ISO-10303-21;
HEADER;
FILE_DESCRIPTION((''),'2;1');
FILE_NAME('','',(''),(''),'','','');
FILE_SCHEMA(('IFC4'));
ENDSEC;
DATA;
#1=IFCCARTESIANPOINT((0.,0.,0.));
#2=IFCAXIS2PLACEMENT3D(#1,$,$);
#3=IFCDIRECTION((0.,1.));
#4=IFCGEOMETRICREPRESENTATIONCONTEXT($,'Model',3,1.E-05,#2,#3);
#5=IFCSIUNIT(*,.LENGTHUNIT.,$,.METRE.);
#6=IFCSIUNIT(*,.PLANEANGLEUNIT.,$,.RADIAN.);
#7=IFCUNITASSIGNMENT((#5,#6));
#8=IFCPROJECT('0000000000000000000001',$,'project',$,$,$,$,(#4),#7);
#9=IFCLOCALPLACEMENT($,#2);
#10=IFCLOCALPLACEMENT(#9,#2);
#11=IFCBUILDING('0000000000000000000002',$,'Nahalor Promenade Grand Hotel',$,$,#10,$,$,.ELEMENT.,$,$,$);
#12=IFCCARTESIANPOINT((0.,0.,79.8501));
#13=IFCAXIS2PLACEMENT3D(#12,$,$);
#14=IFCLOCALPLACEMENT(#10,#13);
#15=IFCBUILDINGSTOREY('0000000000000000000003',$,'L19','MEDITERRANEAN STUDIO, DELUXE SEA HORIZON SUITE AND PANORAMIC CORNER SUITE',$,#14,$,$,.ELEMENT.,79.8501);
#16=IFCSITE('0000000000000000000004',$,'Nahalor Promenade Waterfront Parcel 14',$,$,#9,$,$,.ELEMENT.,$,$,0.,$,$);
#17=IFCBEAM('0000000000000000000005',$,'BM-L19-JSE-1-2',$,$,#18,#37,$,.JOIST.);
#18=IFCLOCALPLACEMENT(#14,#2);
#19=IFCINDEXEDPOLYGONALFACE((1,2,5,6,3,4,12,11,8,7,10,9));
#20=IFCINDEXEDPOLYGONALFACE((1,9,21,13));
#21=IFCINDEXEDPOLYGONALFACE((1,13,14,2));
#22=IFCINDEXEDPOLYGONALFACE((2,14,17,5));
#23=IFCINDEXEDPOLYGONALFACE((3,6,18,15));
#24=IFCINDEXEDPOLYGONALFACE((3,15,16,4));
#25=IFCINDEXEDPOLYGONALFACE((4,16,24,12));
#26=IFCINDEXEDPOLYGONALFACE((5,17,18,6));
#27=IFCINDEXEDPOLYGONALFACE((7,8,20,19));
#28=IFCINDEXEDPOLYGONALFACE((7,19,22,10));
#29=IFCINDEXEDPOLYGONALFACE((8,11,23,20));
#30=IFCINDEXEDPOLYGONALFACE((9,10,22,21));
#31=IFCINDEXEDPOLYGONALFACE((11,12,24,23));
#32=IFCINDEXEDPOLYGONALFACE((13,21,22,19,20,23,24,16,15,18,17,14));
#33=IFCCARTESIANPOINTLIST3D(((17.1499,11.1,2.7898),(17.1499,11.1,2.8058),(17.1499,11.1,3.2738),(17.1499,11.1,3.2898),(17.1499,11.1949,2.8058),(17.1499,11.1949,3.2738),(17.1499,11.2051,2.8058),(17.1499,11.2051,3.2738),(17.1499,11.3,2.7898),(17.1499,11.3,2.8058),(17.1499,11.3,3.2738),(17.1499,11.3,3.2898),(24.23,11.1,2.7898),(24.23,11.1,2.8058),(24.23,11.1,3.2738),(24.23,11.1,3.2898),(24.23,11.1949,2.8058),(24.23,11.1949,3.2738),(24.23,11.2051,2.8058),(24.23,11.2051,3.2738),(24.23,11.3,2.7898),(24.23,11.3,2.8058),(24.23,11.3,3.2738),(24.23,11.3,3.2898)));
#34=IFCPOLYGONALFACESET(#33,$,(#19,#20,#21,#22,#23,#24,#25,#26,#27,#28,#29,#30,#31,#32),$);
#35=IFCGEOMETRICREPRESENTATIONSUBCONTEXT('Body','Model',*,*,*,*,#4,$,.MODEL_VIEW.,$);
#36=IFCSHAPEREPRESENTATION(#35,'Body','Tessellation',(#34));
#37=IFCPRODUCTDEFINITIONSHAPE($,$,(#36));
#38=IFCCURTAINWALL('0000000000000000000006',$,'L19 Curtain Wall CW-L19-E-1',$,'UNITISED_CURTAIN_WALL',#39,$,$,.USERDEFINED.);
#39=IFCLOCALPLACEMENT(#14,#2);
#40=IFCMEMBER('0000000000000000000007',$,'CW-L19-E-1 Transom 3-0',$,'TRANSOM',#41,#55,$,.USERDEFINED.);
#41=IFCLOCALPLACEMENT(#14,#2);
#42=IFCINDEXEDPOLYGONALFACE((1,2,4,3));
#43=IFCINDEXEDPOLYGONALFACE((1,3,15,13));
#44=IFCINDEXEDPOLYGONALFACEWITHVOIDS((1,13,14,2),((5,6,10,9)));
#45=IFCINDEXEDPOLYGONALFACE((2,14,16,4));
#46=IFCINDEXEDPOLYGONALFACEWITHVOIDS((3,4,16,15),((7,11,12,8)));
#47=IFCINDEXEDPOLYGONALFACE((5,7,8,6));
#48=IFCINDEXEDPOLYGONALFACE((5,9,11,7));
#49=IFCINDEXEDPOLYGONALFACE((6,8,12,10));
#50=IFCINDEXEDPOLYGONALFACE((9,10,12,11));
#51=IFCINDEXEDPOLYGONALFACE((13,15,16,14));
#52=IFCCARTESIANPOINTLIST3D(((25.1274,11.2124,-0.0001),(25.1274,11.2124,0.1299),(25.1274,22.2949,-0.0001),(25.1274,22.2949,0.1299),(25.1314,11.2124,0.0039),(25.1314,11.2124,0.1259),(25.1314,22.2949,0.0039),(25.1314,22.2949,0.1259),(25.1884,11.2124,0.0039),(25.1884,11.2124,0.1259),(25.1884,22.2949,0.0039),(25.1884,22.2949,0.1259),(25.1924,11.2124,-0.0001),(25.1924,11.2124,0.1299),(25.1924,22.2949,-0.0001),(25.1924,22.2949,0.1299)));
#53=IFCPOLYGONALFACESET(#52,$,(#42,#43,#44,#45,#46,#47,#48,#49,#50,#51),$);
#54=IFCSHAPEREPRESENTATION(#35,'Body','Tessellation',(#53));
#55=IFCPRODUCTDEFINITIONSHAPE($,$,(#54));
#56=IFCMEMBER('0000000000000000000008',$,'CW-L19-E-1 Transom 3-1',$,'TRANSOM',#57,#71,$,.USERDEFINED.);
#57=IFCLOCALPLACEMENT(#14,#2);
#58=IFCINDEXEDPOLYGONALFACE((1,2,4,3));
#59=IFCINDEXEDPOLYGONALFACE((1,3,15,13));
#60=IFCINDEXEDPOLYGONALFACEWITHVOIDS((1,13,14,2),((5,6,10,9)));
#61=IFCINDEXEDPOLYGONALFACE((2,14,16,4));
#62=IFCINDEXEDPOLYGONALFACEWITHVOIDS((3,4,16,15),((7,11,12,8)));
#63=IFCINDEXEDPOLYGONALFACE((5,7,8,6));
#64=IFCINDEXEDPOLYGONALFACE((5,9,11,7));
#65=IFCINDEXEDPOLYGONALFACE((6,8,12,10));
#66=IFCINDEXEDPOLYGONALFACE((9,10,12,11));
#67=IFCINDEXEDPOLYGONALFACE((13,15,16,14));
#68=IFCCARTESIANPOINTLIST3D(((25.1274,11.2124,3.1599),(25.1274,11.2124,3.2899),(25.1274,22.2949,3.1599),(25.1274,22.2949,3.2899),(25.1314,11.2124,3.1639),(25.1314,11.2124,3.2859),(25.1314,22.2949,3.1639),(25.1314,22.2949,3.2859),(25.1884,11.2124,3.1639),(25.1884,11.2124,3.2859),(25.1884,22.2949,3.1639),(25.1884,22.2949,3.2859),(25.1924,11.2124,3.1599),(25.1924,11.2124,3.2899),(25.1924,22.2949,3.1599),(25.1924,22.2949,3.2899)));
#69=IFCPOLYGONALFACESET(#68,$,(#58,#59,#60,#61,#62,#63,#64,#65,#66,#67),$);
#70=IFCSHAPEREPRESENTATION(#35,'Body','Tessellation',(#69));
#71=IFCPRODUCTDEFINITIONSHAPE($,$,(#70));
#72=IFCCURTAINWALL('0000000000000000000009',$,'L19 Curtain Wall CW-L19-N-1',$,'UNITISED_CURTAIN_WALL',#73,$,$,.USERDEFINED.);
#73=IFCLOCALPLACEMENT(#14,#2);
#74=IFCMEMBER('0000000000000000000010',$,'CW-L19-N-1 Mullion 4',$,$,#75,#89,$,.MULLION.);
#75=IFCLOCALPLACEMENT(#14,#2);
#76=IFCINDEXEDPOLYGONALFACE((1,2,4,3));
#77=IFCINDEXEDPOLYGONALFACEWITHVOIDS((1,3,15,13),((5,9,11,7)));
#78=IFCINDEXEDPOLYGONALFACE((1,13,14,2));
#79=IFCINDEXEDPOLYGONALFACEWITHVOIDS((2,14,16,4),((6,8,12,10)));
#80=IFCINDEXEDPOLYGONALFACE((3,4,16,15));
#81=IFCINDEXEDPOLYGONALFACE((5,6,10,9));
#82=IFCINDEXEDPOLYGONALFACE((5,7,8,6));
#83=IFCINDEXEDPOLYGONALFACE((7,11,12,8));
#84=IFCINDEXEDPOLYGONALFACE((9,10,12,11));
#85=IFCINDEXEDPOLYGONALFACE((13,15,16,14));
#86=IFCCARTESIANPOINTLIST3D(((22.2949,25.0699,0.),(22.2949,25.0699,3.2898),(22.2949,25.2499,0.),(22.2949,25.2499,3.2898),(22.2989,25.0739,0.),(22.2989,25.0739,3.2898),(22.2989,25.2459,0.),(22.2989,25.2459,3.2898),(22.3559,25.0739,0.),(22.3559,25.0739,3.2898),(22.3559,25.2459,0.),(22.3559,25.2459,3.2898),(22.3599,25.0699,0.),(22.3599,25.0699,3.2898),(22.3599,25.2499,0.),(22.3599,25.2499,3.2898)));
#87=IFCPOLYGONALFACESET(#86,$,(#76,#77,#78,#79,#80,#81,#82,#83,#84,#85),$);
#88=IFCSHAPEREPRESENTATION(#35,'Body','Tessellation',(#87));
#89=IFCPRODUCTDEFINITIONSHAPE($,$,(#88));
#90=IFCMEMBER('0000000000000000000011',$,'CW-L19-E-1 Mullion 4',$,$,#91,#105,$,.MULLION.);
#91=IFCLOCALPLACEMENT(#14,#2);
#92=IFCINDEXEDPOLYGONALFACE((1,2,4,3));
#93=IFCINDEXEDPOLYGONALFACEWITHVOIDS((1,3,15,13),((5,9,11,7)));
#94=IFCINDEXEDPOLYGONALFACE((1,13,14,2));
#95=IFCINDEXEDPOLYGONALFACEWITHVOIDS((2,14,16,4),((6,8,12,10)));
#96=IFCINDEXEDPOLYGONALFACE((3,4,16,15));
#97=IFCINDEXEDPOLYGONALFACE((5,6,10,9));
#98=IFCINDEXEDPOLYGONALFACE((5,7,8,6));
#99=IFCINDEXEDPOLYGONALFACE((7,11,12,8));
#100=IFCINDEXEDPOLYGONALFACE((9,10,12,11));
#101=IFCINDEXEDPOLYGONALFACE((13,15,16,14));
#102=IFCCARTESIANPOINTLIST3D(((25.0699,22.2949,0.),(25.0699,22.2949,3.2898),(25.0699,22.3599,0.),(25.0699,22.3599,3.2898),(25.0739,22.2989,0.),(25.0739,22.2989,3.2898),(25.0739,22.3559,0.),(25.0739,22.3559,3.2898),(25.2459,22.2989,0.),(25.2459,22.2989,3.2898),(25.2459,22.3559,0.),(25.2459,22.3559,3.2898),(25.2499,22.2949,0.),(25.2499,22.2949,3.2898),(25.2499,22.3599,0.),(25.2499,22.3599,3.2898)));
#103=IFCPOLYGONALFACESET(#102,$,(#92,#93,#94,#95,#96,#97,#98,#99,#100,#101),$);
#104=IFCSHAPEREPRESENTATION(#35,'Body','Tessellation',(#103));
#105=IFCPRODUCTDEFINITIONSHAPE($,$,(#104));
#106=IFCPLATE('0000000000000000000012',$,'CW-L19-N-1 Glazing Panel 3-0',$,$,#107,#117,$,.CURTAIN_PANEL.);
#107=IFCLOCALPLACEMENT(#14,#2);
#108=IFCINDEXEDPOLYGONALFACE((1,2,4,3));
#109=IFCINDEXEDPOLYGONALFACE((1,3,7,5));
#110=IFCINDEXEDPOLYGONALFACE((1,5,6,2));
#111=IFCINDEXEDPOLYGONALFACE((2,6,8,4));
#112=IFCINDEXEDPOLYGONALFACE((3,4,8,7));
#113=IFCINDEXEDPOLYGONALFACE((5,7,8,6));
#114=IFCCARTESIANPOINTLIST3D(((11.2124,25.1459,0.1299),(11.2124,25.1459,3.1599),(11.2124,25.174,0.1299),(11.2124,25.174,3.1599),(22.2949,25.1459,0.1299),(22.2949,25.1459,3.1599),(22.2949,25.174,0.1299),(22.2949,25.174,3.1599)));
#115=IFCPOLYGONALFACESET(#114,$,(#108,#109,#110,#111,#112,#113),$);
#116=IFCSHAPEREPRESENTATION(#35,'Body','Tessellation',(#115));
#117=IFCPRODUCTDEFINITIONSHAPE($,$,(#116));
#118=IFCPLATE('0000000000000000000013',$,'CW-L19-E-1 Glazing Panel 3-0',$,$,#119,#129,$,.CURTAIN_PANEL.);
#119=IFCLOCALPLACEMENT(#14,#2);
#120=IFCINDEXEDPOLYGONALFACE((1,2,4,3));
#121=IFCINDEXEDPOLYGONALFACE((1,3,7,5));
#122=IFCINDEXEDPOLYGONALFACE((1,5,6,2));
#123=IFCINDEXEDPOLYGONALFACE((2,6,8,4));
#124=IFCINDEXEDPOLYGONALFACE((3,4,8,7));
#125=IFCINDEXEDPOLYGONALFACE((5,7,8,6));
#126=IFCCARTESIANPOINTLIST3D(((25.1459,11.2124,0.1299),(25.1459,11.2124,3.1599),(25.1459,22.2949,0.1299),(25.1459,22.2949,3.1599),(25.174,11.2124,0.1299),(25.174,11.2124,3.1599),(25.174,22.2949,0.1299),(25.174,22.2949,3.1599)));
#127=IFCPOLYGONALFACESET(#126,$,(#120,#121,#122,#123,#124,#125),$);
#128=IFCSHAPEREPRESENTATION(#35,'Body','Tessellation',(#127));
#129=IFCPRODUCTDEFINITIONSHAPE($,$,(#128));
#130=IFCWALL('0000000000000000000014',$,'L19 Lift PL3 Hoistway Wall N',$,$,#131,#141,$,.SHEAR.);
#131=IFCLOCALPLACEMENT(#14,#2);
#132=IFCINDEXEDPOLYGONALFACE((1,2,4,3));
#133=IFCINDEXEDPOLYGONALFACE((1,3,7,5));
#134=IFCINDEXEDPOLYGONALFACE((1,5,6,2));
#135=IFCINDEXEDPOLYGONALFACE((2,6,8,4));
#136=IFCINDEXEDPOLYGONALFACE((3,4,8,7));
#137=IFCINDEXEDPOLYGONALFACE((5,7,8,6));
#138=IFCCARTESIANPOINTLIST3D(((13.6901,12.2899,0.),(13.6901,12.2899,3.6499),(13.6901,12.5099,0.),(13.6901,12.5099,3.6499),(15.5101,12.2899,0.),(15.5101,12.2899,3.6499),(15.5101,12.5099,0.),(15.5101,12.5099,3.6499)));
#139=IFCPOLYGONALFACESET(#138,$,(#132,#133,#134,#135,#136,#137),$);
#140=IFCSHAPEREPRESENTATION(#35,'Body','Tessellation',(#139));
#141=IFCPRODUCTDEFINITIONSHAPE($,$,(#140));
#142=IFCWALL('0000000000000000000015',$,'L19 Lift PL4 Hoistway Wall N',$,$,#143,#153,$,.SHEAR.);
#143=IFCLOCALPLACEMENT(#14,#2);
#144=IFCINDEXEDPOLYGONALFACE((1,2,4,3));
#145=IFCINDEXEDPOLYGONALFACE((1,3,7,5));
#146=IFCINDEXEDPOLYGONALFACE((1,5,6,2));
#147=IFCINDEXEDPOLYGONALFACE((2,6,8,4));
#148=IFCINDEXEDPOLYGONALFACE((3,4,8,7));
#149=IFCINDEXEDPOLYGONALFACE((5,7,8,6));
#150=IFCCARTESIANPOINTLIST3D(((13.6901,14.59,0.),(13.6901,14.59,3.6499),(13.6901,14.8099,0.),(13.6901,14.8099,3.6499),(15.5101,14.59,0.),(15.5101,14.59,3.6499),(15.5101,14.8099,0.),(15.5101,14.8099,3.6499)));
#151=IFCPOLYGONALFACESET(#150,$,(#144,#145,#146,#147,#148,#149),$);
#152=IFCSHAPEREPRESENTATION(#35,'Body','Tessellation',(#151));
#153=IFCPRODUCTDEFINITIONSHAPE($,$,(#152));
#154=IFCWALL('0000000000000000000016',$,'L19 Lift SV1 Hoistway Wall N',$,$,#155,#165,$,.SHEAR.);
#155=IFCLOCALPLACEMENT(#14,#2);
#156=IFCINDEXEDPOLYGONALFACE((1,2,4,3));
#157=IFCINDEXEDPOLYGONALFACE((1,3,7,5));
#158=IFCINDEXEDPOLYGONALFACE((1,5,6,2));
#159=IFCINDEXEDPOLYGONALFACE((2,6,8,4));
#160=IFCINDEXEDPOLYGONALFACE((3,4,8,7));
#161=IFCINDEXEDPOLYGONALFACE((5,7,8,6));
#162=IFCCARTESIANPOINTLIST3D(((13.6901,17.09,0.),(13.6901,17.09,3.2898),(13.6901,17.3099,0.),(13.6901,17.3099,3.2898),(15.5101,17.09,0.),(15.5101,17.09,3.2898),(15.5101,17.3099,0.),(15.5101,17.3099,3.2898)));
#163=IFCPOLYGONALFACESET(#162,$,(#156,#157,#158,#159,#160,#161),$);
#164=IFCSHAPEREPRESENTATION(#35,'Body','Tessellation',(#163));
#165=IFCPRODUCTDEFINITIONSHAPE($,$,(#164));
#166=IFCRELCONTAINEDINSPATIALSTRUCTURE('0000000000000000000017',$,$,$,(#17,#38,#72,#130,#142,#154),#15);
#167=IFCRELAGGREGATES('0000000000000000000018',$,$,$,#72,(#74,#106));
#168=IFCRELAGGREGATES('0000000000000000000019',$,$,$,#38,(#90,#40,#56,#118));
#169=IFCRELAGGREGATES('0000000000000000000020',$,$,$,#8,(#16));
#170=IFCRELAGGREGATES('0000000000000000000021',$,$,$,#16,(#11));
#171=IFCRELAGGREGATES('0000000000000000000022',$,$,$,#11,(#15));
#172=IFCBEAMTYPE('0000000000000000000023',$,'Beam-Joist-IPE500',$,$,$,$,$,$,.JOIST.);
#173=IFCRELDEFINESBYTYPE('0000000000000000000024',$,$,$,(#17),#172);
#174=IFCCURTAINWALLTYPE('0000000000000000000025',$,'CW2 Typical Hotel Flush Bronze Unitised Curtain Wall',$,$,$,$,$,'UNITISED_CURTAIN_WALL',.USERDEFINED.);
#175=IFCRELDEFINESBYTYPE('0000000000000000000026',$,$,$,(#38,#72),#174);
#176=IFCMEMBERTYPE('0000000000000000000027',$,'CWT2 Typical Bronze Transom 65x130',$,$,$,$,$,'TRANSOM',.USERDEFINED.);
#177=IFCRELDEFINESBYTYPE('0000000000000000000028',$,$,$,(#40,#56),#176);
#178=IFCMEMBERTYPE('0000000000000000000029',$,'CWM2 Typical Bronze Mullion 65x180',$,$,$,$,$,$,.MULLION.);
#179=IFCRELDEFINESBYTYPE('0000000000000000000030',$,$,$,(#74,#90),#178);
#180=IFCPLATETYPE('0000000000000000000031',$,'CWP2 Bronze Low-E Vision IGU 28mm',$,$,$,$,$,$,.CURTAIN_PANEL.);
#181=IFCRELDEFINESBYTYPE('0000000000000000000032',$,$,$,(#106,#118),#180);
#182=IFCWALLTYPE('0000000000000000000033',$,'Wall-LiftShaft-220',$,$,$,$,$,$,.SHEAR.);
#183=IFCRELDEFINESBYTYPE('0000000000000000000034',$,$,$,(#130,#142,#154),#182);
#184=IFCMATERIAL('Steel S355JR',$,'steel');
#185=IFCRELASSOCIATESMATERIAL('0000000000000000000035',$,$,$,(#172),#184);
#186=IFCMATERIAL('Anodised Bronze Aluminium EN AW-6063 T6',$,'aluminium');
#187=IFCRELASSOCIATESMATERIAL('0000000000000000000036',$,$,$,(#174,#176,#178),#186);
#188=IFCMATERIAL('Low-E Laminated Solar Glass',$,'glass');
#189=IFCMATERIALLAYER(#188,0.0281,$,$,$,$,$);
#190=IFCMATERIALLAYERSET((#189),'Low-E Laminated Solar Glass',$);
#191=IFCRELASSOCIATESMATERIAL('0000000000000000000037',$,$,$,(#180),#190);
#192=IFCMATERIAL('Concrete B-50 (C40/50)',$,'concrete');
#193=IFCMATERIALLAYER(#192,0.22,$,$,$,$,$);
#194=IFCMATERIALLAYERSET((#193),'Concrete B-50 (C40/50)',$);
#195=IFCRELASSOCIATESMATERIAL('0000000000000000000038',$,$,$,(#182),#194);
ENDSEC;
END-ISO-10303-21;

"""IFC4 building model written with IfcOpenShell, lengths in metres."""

from ifc_helpers import new_model, si_unit, direction, frame, frame_2d, origin, origin_2d, place, context, subcontext, project, spatial, rectangle, hollow_rectangle, i_section, extrude, source, transform, mapped, material, layer, layer_set, material_profile, profile_set, type_object, element, aggregate, save


model = new_model("IFC4")

# Units and contexts
model_context = context("Model", 3, precision=1e-05, world=origin(), true_north=direction((0.0, 1.0)))
body_context = subcontext(model_context, "Body", "Model", "MODEL_VIEW")
ifc_project = project(units=[si_unit("LENGTHUNIT", "METRE"), si_unit("PLANEANGLEUNIT", "RADIAN")], contexts=[model_context])

# Site, building, storey
site_placement = place(None, origin())
site = spatial("IfcSite", under=ifc_project, at=site_placement, Name="Nahalor Promenade Waterfront Parcel 14", CompositionType="ELEMENT", RefElevation=0.0)
building_placement = place(site_placement, origin())
building = spatial("IfcBuilding", under=site, at=building_placement, Name="Nahalor Promenade Grand Hotel", CompositionType="ELEMENT")
storey_placement = place(building_placement, frame((0.0, 0.0, 79.8501)))
storey = spatial("IfcBuildingStorey", under=building, at=storey_placement, Name="L19", Description="MEDITERRANEAN STUDIO, DELUXE SEA HORIZON SUITE AND PANORAMIC CORNER SUITE", CompositionType="ELEMENT", Elevation=79.8501)

# Beam
ifc_material_1 = material(Name="Steel S355JR", Category="steel")
ifc_material_profile_1 = material_profile(ifc_material_1, i_section(OverallWidth=0.2, OverallDepth=0.5, WebThickness=0.0102, FlangeThickness=0.016, at=origin_2d()), Name="IPE 500")
ifc_profile_set_1 = profile_set([ifc_material_profile_1], Name="Steel S355JR")
beam_type_1 = type_object("IfcBeamType", Name="Beam-Joist-IPE500", PredefinedType="JOIST", material=ifc_profile_set_1)
shared_shape_1 = source(origin(), body_context, "Body", "SweptSolid", [
    extrude(i_section(OverallWidth=0.2, OverallDepth=0.5, WebThickness=0.0102, FlangeThickness=0.016, at=origin_2d()), origin(), (0.0, 0.0, 1.0), 7.0801),
])
beam_placement = place(storey_placement, frame((17.1499, 11.2, 3.0398), z_axis=(1.0, 0.0, 0.0), x_axis=(0.0, 1.0, 0.0)))
element("IfcBeam", 1, at=beam_placement, inside=storey, type_object=beam_type_1, Name="BM-L19-JSE-1-2", PredefinedType="JOIST", context=body_context, shape_type="MappedRepresentation", body=[
    mapped(shared_shape_1, transform((0.0, 0.0, 0.0), scale=1.0)),
])

# Curtain wall, members
ifc_material_2 = material(Name="Anodised Bronze Aluminium EN AW-6063 T6", Category="aluminium")
curtain_wall_type = type_object("IfcCurtainWallType", Name="CW2 Typical Hotel Flush Bronze Unitised Curtain Wall", ElementType="UNITISED_CURTAIN_WALL", PredefinedType="USERDEFINED", material=ifc_material_2)
curtain_wall_1_placement = place(storey_placement, origin())
curtain_wall_1 = element("IfcCurtainWall", 2, at=curtain_wall_1_placement, inside=storey, type_object=curtain_wall_type, Name="L19 Curtain Wall CW-L19-E-1", ObjectType="UNITISED_CURTAIN_WALL", PredefinedType="USERDEFINED")
ifc_material_profile_2 = material_profile(ifc_material_2, hollow_rectangle(XDim=0.065, YDim=0.13, WallThickness=0.004, at=origin_2d()), Name="CWT 65x130x4")
ifc_profile_set_2 = profile_set([ifc_material_profile_2], Name="Anodised Bronze Aluminium EN AW-6063 T6")
member_type_1 = type_object("IfcMemberType", Name="CWT2 Typical Bronze Transom 65x130", ElementType="TRANSOM", PredefinedType="USERDEFINED", material=ifc_profile_set_2)
shared_shape_2 = source(origin(), body_context, "Body", "SweptSolid", [
    extrude(hollow_rectangle(XDim=0.065, YDim=0.13, WallThickness=0.004, at=origin_2d()), origin(), (0.0, 0.0, 1.0), 11.0825),
])
member_1_placement = place(storey_placement, frame((25.1599, 11.2124, 0.0649), z_axis=(0.0, 1.0, 0.0), x_axis=(-1.0, 0.0, 0.0)))
member_1 = element("IfcMember", 3, at=member_1_placement, type_object=member_type_1, Name="CW-L19-E-1 Transom 3-0", ObjectType="TRANSOM", PredefinedType="USERDEFINED", context=body_context, shape_type="MappedRepresentation", body=[
    mapped(shared_shape_2, transform((0.0, 0.0, 0.0), scale=1.0)),
])
member_2_placement = place(storey_placement, frame((25.1599, 11.2124, 3.2249), z_axis=(0.0, 1.0, 0.0), x_axis=(-1.0, 0.0, 0.0)))
member_2 = element("IfcMember", 4, at=member_2_placement, type_object=member_type_1, Name="CW-L19-E-1 Transom 3-1", ObjectType="TRANSOM", PredefinedType="USERDEFINED", context=body_context, shape_type="MappedRepresentation", body=[
    mapped(shared_shape_2, transform((0.0, 0.0, 0.0), scale=1.0)),
])

# Curtain wall, member
curtain_wall_2_placement = place(storey_placement, origin())
curtain_wall_2 = element("IfcCurtainWall", 5, at=curtain_wall_2_placement, inside=storey, type_object=curtain_wall_type, Name="L19 Curtain Wall CW-L19-N-1", ObjectType="UNITISED_CURTAIN_WALL", PredefinedType="USERDEFINED")
ifc_material_profile_3 = material_profile(ifc_material_2, hollow_rectangle(XDim=0.065, YDim=0.18, WallThickness=0.004, at=origin_2d()), Name="CWM 65x180x4")
ifc_profile_set_3 = profile_set([ifc_material_profile_3], Name="Anodised Bronze Aluminium EN AW-6063 T6")
member_type_2 = type_object("IfcMemberType", Name="CWM2 Typical Bronze Mullion 65x180", PredefinedType="MULLION", material=ifc_profile_set_3)
shared_shape_3 = source(origin(), body_context, "Body", "SweptSolid", [
    extrude(hollow_rectangle(XDim=0.065, YDim=0.18, WallThickness=0.004, at=origin_2d()), origin(), (0.0, 0.0, 1.0), 3.2898),
])
member_3_placement = place(storey_placement, frame((22.3274, 25.1599, 0.0), z_axis=(0.0, 0.0, 1.0), x_axis=(1.0, 0.0, 0.0)))
member_3 = element("IfcMember", 6, at=member_3_placement, type_object=member_type_2, Name="CW-L19-N-1 Mullion 4", PredefinedType="MULLION", context=body_context, shape_type="MappedRepresentation", body=[
    mapped(shared_shape_3, transform((0.0, 0.0, 0.0), scale=1.0)),
])

# Member
member_4_placement = place(storey_placement, frame((25.1599, 22.3274, 0.0), z_axis=(0.0, 0.0, 1.0), x_axis=(0.0, 1.0, 0.0)))
member_4 = element("IfcMember", 7, at=member_4_placement, type_object=member_type_2, Name="CW-L19-E-1 Mullion 4", PredefinedType="MULLION", context=body_context, shape_type="MappedRepresentation", body=[
    mapped(shared_shape_3, transform((0.0, 0.0, 0.0), scale=1.0)),
])

# Plates
ifc_material_3 = material(Name="Low-E Laminated Solar Glass", Category="glass")
ifc_layer_1 = layer(ifc_material_3, 0.0281)
ifc_layer_set_1 = layer_set([ifc_layer_1], Name="Low-E Laminated Solar Glass")
plate_type = type_object("IfcPlateType", Name="CWP2 Bronze Low-E Vision IGU 28mm", PredefinedType="CURTAIN_PANEL", material=ifc_layer_set_1)
shared_shape_4 = source(origin(), body_context, "Body", "SweptSolid", [
    extrude(rectangle(XDim=11.0825, YDim=0.0281, at=origin_2d()), origin(), (0.0, 0.0, 1.0), 3.03),
])
plate_1_placement = place(storey_placement, frame((16.7537, 25.1599, 0.1299), z_axis=(0.0, 0.0, 1.0), x_axis=(1.0, 0.0, 0.0)))
plate_1 = element("IfcPlate", 8, at=plate_1_placement, type_object=plate_type, Name="CW-L19-N-1 Glazing Panel 3-0", PredefinedType="CURTAIN_PANEL", context=body_context, shape_type="MappedRepresentation", body=[
    mapped(shared_shape_4, transform((0.0, 0.0, 0.0), scale=1.0)),
])
aggregate(curtain_wall_2, [member_3, plate_1])
plate_2_placement = place(storey_placement, frame((25.1599, 16.7537, 0.1299), z_axis=(0.0, 0.0, 1.0), x_axis=(0.0, 1.0, 0.0)))
plate_2 = element("IfcPlate", 9, at=plate_2_placement, type_object=plate_type, Name="CW-L19-E-1 Glazing Panel 3-0", PredefinedType="CURTAIN_PANEL", context=body_context, shape_type="MappedRepresentation", body=[
    mapped(shared_shape_4, transform((0.0, 0.0, 0.0), scale=1.0)),
])
aggregate(curtain_wall_1, [member_4, member_1, member_2, plate_2])

# Walls
ifc_material_4 = material(Name="Concrete B-50 (C40/50)", Category="concrete")
ifc_layer_2 = layer(ifc_material_4, 0.22)
ifc_layer_set_2 = layer_set([ifc_layer_2], Name="Concrete B-50 (C40/50)")
wall_type_1 = type_object("IfcWallType", Name="Wall-LiftShaft-220", PredefinedType="SHEAR", material=ifc_layer_set_2)
shared_shape_5 = source(origin(), body_context, "Body", "SweptSolid", [
    extrude(rectangle(XDim=1.8201, YDim=0.22, at=frame_2d((0.9102, 0.0))), origin(), (0.0, 0.0, 1.0), 3.6499),
])
for number, where, z_axis, x_axis, name in (
    (10, (13.6899, 12.3999, 0.0), (0.0, 0.0, 1.0), (1.0, 0.0, 0.0), "L19 Lift PL3 Hoistway Wall N"),
    (11, (13.6899, 14.7, 0.0), (0.0, 0.0, 1.0), (1.0, 0.0, 0.0), "L19 Lift PL4 Hoistway Wall N"),
):
    element("IfcWall", number, at=place(storey_placement, frame(where, z_axis=z_axis, x_axis=x_axis)), inside=storey, type_object=wall_type_1, Name=name, PredefinedType="SHEAR", context=body_context, shape_type="MappedRepresentation", body=[
        mapped(shared_shape_5, transform((0.0, 0.0, 0.0), scale=1.0)),
    ])
shared_shape_6 = source(origin(), body_context, "Body", "SweptSolid", [
    extrude(rectangle(XDim=1.8201, YDim=0.22, at=frame_2d((0.9102, 0.0))), origin(), (0.0, 0.0, 1.0), 3.2898),
])
wall_1_placement = place(storey_placement, frame((13.6899, 17.2, 0.0), z_axis=(0.0, 0.0, 1.0), x_axis=(1.0, 0.0, 0.0)))
element("IfcWall", 12, at=wall_1_placement, inside=storey, type_object=wall_type_1, Name="L19 Lift SV1 Hoistway Wall N", PredefinedType="SHEAR", context=body_context, shape_type="MappedRepresentation", body=[
    mapped(shared_shape_6, transform((0.0, 0.0, 0.0), scale=1.0)),
])

save(model, "model.ifc")
